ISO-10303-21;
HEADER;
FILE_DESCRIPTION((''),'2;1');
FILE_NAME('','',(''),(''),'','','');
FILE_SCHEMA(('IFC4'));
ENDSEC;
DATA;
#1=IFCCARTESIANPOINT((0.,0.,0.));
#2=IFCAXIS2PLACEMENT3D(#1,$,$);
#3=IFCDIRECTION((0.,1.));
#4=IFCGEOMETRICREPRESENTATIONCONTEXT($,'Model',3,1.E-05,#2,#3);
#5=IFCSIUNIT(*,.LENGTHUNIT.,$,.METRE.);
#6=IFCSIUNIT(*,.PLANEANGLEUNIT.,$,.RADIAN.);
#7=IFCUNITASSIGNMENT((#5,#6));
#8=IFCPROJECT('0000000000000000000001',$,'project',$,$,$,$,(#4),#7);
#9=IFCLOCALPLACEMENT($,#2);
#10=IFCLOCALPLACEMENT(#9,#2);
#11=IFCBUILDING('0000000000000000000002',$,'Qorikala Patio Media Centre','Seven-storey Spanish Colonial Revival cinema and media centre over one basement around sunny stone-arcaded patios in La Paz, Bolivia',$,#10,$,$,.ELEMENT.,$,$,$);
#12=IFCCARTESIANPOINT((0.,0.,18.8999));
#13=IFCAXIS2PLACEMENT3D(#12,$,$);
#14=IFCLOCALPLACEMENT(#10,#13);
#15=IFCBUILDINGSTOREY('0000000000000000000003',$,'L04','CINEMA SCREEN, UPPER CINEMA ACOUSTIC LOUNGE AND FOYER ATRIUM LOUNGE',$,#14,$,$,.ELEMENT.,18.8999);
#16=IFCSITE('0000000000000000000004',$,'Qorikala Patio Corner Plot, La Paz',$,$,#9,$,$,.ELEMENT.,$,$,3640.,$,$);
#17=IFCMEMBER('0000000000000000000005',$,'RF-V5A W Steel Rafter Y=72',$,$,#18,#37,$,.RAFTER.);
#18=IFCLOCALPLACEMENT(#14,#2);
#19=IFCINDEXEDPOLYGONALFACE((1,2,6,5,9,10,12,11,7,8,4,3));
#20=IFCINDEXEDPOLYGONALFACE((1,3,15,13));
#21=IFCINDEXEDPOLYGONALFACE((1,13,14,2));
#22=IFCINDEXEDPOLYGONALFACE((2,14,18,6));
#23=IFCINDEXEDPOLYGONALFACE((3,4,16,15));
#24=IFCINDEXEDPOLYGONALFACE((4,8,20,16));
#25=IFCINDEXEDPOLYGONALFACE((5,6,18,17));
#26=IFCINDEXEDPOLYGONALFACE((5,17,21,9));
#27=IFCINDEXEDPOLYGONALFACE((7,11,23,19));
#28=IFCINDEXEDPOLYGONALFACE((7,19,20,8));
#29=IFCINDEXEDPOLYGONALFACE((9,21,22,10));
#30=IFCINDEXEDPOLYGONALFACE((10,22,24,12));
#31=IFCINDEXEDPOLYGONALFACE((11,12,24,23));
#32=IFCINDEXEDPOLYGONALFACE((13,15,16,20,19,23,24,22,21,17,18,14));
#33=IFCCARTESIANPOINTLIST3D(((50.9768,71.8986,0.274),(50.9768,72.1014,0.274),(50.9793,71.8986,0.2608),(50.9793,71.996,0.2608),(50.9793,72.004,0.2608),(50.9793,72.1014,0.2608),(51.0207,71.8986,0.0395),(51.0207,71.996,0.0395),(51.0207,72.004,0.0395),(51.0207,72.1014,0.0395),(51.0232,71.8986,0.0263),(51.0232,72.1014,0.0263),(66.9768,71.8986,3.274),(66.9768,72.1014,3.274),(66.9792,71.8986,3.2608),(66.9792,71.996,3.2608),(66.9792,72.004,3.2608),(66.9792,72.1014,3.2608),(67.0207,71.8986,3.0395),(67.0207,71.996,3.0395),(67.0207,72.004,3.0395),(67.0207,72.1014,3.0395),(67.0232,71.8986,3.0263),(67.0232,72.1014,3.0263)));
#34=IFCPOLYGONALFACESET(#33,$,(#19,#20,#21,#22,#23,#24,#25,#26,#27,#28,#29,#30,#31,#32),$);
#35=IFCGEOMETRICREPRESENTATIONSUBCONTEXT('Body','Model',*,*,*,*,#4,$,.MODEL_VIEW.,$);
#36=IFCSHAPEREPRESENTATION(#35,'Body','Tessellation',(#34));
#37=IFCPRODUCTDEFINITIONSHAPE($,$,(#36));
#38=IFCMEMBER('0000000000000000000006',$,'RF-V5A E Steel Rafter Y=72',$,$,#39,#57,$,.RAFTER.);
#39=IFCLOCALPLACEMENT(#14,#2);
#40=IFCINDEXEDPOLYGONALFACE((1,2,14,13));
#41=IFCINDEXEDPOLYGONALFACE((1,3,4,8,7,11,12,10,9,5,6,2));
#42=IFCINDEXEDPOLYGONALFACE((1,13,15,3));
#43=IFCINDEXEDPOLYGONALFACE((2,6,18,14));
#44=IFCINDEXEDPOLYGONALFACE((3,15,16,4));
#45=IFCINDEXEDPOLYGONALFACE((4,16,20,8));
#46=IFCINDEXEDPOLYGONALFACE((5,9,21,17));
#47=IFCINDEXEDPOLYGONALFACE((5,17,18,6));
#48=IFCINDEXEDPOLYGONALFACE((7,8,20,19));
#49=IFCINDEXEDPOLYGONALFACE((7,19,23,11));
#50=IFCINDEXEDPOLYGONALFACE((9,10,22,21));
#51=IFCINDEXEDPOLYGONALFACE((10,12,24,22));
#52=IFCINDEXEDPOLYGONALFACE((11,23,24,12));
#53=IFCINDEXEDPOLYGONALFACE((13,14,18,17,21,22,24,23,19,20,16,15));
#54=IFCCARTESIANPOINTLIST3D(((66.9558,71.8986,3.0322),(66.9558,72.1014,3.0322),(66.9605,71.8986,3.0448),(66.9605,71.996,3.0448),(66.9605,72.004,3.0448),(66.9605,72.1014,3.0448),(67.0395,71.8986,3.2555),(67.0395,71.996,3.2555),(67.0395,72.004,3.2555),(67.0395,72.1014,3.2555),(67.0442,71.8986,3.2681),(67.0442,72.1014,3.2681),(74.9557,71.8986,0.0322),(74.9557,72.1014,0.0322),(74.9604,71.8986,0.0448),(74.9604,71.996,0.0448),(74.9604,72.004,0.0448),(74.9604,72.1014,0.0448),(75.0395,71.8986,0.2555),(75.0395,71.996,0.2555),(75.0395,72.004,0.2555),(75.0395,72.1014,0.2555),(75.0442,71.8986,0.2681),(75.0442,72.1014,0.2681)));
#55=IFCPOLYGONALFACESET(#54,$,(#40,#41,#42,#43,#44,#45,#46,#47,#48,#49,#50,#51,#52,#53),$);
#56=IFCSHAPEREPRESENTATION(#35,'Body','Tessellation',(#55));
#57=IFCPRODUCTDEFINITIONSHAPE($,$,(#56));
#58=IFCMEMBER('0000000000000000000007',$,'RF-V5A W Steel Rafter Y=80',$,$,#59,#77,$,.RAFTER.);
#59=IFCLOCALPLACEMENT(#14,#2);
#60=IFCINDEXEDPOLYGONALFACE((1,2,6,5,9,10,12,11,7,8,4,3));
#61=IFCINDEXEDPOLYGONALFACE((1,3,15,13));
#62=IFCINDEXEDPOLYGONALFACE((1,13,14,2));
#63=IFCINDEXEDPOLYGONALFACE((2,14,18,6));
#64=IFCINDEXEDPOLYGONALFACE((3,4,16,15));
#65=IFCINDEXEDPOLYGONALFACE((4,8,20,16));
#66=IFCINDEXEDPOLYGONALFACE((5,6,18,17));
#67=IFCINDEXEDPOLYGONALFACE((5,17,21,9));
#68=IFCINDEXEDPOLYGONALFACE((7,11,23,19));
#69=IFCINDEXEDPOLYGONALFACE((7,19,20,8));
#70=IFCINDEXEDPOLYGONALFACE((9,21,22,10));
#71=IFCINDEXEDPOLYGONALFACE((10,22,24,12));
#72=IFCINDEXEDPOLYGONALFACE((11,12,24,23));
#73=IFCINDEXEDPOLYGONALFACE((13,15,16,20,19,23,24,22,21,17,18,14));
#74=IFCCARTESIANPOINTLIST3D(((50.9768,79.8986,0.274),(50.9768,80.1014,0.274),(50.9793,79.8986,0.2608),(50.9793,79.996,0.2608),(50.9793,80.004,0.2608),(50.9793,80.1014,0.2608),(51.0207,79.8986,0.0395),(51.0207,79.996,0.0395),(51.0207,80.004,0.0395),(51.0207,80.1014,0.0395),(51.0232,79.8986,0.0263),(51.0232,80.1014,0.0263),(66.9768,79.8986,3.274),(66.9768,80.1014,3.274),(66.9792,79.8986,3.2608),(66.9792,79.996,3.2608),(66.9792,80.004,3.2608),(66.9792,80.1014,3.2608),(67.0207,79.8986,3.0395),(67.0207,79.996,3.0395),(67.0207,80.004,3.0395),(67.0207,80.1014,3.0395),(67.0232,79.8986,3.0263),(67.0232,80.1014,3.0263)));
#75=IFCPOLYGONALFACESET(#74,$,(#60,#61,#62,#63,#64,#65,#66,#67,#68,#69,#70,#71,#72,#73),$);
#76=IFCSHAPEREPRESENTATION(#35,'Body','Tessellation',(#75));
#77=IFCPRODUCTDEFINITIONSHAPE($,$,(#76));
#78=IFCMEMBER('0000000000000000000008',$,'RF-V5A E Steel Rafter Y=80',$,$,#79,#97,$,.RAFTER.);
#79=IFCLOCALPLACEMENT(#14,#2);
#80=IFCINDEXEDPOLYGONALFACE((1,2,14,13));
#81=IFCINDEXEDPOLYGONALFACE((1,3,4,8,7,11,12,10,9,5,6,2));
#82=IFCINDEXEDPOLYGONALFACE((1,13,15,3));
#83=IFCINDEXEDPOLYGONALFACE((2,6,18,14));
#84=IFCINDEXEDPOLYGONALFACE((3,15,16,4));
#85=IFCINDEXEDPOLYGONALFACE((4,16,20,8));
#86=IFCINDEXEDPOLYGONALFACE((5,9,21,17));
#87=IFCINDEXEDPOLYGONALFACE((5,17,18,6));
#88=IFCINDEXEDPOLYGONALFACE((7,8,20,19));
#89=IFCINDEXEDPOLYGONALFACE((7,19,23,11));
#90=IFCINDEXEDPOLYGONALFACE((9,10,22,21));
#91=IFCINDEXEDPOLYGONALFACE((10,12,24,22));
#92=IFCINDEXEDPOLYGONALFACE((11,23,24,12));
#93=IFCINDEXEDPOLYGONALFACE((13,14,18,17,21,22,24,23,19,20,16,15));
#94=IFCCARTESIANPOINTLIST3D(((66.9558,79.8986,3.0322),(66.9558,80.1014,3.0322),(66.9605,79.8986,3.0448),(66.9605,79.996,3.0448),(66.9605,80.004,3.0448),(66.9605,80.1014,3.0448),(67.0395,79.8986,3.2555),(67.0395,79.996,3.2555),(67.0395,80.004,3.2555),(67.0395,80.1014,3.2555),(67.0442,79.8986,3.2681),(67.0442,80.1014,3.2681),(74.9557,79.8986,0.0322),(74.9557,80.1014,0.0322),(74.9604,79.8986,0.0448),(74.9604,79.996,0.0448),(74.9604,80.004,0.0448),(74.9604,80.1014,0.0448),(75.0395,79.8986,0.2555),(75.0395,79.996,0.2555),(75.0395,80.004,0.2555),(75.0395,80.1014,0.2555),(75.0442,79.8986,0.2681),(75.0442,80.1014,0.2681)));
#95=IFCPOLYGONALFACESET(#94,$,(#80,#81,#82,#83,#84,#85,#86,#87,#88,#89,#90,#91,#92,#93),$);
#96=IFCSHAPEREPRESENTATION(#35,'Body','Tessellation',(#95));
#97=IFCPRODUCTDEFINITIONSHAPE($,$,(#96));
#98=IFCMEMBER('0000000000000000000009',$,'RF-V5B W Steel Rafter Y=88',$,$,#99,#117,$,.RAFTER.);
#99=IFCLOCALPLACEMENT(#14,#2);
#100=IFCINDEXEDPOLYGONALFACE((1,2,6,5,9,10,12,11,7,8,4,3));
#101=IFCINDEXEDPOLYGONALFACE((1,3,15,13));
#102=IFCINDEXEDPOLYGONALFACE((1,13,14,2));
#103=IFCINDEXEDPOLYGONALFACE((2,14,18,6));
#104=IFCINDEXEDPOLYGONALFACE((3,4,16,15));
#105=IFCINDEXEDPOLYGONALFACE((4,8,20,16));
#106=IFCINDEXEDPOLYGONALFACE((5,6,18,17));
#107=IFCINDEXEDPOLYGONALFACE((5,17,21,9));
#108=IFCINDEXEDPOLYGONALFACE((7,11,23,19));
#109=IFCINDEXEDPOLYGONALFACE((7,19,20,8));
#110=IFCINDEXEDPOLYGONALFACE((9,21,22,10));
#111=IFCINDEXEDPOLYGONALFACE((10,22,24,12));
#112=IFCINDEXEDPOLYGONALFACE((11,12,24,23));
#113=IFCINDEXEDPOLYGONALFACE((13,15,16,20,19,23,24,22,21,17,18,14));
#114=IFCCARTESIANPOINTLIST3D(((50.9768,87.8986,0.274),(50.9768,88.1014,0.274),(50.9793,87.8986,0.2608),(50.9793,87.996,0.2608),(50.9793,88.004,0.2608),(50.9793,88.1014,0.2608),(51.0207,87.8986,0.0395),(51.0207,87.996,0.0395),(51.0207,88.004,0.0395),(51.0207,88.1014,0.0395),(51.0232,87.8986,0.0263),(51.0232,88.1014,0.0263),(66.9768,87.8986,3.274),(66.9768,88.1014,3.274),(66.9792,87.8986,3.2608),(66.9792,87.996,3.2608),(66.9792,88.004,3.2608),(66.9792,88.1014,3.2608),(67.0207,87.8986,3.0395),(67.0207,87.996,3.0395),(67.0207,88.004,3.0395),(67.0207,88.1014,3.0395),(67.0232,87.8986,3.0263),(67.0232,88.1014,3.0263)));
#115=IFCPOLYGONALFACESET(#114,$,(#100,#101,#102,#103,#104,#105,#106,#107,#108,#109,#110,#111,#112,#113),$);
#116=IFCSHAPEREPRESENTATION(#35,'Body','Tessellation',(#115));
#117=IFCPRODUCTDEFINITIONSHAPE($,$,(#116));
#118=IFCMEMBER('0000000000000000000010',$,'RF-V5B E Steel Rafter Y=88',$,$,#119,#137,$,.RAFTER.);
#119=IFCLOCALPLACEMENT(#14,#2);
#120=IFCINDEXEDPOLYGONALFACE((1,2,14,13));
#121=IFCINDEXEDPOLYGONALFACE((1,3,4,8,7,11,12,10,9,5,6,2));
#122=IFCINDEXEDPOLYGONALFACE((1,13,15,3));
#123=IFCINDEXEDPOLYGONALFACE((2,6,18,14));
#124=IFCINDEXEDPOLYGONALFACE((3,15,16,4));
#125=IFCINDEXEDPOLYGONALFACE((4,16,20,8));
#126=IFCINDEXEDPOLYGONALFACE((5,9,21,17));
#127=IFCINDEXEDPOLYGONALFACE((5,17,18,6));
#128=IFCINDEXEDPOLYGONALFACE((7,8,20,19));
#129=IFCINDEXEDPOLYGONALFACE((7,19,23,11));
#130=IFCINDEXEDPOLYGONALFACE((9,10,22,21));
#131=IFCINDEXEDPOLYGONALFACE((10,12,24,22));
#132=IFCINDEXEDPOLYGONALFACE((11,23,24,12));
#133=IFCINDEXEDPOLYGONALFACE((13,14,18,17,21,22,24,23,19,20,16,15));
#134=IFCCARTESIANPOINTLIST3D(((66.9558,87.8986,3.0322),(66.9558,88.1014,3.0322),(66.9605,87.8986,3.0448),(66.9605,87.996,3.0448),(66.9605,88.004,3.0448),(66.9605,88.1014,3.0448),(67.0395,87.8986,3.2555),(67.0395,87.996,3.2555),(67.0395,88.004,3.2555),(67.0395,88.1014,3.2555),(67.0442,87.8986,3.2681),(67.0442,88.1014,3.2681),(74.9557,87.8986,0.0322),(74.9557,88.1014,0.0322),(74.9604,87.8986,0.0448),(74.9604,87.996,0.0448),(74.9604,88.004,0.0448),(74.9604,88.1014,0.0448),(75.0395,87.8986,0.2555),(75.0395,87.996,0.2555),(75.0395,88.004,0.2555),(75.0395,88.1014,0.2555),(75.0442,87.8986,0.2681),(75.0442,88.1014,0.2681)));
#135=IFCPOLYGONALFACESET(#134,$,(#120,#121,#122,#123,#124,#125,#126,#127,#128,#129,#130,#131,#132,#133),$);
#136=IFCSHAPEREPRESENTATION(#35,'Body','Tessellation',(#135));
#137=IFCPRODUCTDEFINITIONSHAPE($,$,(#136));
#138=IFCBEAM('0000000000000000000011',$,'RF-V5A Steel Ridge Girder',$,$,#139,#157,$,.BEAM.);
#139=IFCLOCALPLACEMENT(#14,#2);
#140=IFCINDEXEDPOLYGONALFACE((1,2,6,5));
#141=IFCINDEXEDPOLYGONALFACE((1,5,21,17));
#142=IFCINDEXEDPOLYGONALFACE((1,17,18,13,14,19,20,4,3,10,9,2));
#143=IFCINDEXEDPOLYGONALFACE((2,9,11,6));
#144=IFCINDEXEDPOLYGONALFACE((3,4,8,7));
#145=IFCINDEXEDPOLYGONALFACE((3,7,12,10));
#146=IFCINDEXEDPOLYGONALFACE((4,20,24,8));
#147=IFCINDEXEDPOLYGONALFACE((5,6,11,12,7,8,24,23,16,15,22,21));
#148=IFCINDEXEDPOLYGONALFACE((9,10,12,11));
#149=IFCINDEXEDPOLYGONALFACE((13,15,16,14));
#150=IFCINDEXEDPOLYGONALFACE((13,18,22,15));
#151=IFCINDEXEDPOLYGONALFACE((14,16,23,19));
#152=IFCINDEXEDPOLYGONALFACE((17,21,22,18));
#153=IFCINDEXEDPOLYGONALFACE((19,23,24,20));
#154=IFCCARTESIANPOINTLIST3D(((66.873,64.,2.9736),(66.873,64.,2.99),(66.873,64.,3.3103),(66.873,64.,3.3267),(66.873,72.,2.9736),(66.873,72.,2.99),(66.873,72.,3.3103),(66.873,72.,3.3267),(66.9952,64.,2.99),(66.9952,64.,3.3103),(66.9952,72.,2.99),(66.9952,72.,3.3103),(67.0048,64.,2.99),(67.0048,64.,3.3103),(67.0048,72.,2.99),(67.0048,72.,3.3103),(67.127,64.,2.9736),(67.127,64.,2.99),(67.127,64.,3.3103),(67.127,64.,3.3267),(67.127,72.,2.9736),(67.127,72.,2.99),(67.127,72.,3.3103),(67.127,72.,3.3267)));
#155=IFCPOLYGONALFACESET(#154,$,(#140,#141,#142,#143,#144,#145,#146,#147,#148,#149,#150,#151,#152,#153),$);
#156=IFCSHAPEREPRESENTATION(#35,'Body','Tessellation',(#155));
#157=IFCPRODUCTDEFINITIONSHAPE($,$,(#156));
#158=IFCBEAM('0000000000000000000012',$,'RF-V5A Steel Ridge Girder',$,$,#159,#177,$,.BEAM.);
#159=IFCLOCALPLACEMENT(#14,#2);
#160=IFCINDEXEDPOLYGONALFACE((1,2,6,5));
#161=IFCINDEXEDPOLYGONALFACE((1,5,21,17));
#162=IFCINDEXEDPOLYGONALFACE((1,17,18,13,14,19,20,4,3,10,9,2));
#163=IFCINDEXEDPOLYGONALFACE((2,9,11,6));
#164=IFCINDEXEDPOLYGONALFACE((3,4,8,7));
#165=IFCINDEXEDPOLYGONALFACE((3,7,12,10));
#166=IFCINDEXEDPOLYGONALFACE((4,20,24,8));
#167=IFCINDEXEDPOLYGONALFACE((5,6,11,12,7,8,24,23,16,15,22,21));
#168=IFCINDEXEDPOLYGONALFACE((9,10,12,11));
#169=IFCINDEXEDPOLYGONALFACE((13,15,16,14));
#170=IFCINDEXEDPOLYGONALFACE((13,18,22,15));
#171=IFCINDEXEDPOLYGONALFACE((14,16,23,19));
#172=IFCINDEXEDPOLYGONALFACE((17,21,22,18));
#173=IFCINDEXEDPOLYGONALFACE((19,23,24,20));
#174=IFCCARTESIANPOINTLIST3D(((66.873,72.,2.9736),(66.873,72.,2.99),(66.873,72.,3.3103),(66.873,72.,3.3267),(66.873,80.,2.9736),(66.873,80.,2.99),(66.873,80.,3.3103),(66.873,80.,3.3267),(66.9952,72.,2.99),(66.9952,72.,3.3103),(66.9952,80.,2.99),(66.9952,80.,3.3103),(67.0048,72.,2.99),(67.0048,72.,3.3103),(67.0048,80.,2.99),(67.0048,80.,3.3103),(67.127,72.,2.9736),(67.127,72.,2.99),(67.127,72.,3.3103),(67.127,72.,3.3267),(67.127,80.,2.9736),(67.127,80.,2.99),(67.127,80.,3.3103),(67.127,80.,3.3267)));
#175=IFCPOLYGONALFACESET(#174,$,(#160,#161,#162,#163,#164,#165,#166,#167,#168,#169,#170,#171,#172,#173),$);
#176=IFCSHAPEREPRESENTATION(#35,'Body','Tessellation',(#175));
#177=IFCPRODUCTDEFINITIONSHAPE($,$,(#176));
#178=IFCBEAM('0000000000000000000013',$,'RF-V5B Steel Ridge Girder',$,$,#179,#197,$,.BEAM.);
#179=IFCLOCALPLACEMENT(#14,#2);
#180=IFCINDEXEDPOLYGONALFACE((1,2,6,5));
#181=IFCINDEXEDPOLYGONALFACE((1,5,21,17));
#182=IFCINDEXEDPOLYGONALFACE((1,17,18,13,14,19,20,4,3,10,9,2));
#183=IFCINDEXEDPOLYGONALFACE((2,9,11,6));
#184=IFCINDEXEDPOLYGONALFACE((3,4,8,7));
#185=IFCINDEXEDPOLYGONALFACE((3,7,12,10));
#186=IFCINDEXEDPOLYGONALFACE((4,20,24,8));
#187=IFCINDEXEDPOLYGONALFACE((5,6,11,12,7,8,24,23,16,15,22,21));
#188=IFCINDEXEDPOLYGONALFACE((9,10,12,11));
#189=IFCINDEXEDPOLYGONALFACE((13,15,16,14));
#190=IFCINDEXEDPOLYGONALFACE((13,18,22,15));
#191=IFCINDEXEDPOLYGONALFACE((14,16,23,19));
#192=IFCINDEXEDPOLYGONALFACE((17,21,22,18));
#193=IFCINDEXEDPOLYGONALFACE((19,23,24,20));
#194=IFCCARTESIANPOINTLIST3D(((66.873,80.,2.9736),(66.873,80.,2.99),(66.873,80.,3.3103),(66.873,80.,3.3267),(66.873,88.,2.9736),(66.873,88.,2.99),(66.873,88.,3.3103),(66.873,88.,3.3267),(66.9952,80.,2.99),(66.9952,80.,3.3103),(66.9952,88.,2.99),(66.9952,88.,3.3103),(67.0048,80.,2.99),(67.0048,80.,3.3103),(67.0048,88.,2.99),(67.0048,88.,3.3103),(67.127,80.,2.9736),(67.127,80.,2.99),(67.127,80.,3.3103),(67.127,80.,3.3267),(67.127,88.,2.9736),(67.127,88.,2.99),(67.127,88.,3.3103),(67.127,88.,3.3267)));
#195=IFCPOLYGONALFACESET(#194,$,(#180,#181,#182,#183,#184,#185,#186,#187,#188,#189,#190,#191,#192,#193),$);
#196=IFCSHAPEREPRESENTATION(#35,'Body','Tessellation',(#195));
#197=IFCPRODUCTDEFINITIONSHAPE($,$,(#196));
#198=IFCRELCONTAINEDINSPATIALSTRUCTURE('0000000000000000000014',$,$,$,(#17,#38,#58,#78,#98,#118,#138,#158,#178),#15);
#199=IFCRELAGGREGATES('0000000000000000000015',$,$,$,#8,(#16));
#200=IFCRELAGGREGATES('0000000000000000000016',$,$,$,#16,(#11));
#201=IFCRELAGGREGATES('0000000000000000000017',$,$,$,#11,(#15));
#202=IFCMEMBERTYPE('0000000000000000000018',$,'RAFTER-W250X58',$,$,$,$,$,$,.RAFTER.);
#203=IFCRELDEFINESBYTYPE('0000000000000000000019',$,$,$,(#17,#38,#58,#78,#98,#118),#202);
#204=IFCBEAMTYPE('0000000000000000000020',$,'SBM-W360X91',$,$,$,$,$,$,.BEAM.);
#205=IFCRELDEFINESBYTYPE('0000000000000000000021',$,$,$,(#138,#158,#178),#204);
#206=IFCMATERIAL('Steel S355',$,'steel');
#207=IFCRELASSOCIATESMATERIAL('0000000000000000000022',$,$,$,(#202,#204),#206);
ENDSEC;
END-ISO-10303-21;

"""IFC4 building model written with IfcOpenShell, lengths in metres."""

from ifc_helpers import new_model, si_unit, direction, frame, origin, origin_2d, place, context, subcontext, project, spatial, i_section, extrude, material, material_profile, profile_set, type_object, element, save


model = new_model("IFC4")

# Units and contexts
model_context = context("Model", 3, precision=1e-05, world=origin(), true_north=direction((0.0, 1.0)))
body_context = subcontext(model_context, "Body", "Model", "MODEL_VIEW")
ifc_project = project(units=[si_unit("LENGTHUNIT", "METRE"), si_unit("PLANEANGLEUNIT", "RADIAN")], contexts=[model_context])

# Site, building, storey
site_placement = place(None, origin())
site = spatial("IfcSite", under=ifc_project, at=site_placement, Name="Qorikala Patio Corner Plot, La Paz", CompositionType="ELEMENT", RefElevation=3640.0)
building_placement = place(site_placement, origin())
building = spatial("IfcBuilding", under=site, at=building_placement, Name="Qorikala Patio Media Centre", Description="Seven-storey Spanish Colonial Revival cinema and media centre over one basement around sunny stone-arcaded patios in La Paz, Bolivia", CompositionType="ELEMENT")
storey_placement = place(building_placement, frame((0.0, 0.0, 18.8999)))
storey = spatial("IfcBuildingStorey", under=building, at=storey_placement, Name="L04", Description="CINEMA SCREEN, UPPER CINEMA ACOUSTIC LOUNGE AND FOYER ATRIUM LOUNGE", CompositionType="ELEMENT", Elevation=18.8999)

# Shared definitions
ifc_material_1 = material(Name="Steel S355", Category="steel")

# Members
ifc_material_profile_1 = material_profile(ifc_material_1, i_section(OverallWidth=0.2029, OverallDepth=0.252, WebThickness=0.0081, FlangeThickness=0.0134, at=origin_2d()), Name="W250X58")
ifc_profile_set_1 = profile_set([ifc_material_profile_1], Name="Steel S355")
member_type = type_object("IfcMemberType", Name="RAFTER-W250X58", PredefinedType="RAFTER", material=ifc_profile_set_1)
member_1_placement = place(storey_placement, frame((51.0, 72.0, 0.1501), z_axis=(0.982872, 0.0, 0.184289), x_axis=(0.0, 1.0, 0.0)))
element("IfcMember", 1, at=member_1_placement, inside=storey, type_object=member_type, Name="RF-V5A W Steel Rafter Y=72", PredefinedType="RAFTER", context=body_context, shape_type="SweptSolid", body=[
    extrude(i_section(OverallWidth=0.2029, OverallDepth=0.252, WebThickness=0.0081, FlangeThickness=0.0134, at=origin_2d()), origin(), (0.0, 0.0, 1.0), 16.2788),
])
member_2_placement = place(storey_placement, frame((67.0, 72.0, 3.1501), z_axis=(0.936329, 0.0, -0.351123), x_axis=(0.0, 1.0, 0.0)))
element("IfcMember", 2, at=member_2_placement, inside=storey, type_object=member_type, Name="RF-V5A E Steel Rafter Y=72", PredefinedType="RAFTER", context=body_context, shape_type="SweptSolid", body=[
    extrude(i_section(OverallWidth=0.2029, OverallDepth=0.252, WebThickness=0.0081, FlangeThickness=0.0134, at=origin_2d()), origin(), (0.0, 0.0, 1.0), 8.5439),
])
member_3_placement = place(storey_placement, frame((51.0, 80.0, 0.1501), z_axis=(0.982872, 0.0, 0.184289), x_axis=(0.0, 1.0, 0.0)))
element("IfcMember", 3, at=member_3_placement, inside=storey, type_object=member_type, Name="RF-V5A W Steel Rafter Y=80", PredefinedType="RAFTER", context=body_context, shape_type="SweptSolid", body=[
    extrude(i_section(OverallWidth=0.2029, OverallDepth=0.252, WebThickness=0.0081, FlangeThickness=0.0134, at=origin_2d()), origin(), (0.0, 0.0, 1.0), 16.2788),
])
member_4_placement = place(storey_placement, frame((67.0, 80.0, 3.1501), z_axis=(0.936329, 0.0, -0.351123), x_axis=(0.0, 1.0, 0.0)))
element("IfcMember", 4, at=member_4_placement, inside=storey, type_object=member_type, Name="RF-V5A E Steel Rafter Y=80", PredefinedType="RAFTER", context=body_context, shape_type="SweptSolid", body=[
    extrude(i_section(OverallWidth=0.2029, OverallDepth=0.252, WebThickness=0.0081, FlangeThickness=0.0134, at=origin_2d()), origin(), (0.0, 0.0, 1.0), 8.5439),
])
member_5_placement = place(storey_placement, frame((51.0, 88.0, 0.1501), z_axis=(0.982872, 0.0, 0.184289), x_axis=(0.0, 1.0, 0.0)))
element("IfcMember", 5, at=member_5_placement, inside=storey, type_object=member_type, Name="RF-V5B W Steel Rafter Y=88", PredefinedType="RAFTER", context=body_context, shape_type="SweptSolid", body=[
    extrude(i_section(OverallWidth=0.2029, OverallDepth=0.252, WebThickness=0.0081, FlangeThickness=0.0134, at=origin_2d()), origin(), (0.0, 0.0, 1.0), 16.2788),
])
member_6_placement = place(storey_placement, frame((67.0, 88.0, 3.1501), z_axis=(0.936329, 0.0, -0.351123), x_axis=(0.0, 1.0, 0.0)))
element("IfcMember", 6, at=member_6_placement, inside=storey, type_object=member_type, Name="RF-V5B E Steel Rafter Y=88", PredefinedType="RAFTER", context=body_context, shape_type="SweptSolid", body=[
    extrude(i_section(OverallWidth=0.2029, OverallDepth=0.252, WebThickness=0.0081, FlangeThickness=0.0134, at=origin_2d()), origin(), (0.0, 0.0, 1.0), 8.5439),
])

# Beams
ifc_material_profile_2 = material_profile(ifc_material_1, i_section(OverallWidth=0.2539, OverallDepth=0.353, WebThickness=0.0095, FlangeThickness=0.0164, at=origin_2d()), Name="W360X91")
ifc_profile_set_2 = profile_set([ifc_material_profile_2], Name="Steel S355")
beam_type_1 = type_object("IfcBeamType", Name="SBM-W360X91", PredefinedType="BEAM", material=ifc_profile_set_2)
for number, where, z_axis, x_axis, name in (
    (7, (67.0, 64.0, 3.1501), (0.0, 1.0, 0.0), (-1.0, 0.0, 0.0), "RF-V5A Steel Ridge Girder"),
    (8, (67.0, 72.0, 3.1501), (0.0, 1.0, 0.0), (-1.0, 0.0, 0.0), "RF-V5A Steel Ridge Girder"),
    (9, (67.0, 80.0, 3.1501), (0.0, 1.0, 0.0), (-1.0, 0.0, 0.0), "RF-V5B Steel Ridge Girder"),
):
    element("IfcBeam", number, at=place(storey_placement, frame(where, z_axis=z_axis, x_axis=x_axis)), inside=storey, type_object=beam_type_1, Name=name, PredefinedType="BEAM", context=body_context, shape_type="SweptSolid", body=[
        extrude(i_section(OverallWidth=0.2539, OverallDepth=0.353, WebThickness=0.0095, FlangeThickness=0.0164, at=origin_2d()), origin(), (0.0, 0.0, 1.0), 8.0),
    ])

save(model, "model.ifc")
